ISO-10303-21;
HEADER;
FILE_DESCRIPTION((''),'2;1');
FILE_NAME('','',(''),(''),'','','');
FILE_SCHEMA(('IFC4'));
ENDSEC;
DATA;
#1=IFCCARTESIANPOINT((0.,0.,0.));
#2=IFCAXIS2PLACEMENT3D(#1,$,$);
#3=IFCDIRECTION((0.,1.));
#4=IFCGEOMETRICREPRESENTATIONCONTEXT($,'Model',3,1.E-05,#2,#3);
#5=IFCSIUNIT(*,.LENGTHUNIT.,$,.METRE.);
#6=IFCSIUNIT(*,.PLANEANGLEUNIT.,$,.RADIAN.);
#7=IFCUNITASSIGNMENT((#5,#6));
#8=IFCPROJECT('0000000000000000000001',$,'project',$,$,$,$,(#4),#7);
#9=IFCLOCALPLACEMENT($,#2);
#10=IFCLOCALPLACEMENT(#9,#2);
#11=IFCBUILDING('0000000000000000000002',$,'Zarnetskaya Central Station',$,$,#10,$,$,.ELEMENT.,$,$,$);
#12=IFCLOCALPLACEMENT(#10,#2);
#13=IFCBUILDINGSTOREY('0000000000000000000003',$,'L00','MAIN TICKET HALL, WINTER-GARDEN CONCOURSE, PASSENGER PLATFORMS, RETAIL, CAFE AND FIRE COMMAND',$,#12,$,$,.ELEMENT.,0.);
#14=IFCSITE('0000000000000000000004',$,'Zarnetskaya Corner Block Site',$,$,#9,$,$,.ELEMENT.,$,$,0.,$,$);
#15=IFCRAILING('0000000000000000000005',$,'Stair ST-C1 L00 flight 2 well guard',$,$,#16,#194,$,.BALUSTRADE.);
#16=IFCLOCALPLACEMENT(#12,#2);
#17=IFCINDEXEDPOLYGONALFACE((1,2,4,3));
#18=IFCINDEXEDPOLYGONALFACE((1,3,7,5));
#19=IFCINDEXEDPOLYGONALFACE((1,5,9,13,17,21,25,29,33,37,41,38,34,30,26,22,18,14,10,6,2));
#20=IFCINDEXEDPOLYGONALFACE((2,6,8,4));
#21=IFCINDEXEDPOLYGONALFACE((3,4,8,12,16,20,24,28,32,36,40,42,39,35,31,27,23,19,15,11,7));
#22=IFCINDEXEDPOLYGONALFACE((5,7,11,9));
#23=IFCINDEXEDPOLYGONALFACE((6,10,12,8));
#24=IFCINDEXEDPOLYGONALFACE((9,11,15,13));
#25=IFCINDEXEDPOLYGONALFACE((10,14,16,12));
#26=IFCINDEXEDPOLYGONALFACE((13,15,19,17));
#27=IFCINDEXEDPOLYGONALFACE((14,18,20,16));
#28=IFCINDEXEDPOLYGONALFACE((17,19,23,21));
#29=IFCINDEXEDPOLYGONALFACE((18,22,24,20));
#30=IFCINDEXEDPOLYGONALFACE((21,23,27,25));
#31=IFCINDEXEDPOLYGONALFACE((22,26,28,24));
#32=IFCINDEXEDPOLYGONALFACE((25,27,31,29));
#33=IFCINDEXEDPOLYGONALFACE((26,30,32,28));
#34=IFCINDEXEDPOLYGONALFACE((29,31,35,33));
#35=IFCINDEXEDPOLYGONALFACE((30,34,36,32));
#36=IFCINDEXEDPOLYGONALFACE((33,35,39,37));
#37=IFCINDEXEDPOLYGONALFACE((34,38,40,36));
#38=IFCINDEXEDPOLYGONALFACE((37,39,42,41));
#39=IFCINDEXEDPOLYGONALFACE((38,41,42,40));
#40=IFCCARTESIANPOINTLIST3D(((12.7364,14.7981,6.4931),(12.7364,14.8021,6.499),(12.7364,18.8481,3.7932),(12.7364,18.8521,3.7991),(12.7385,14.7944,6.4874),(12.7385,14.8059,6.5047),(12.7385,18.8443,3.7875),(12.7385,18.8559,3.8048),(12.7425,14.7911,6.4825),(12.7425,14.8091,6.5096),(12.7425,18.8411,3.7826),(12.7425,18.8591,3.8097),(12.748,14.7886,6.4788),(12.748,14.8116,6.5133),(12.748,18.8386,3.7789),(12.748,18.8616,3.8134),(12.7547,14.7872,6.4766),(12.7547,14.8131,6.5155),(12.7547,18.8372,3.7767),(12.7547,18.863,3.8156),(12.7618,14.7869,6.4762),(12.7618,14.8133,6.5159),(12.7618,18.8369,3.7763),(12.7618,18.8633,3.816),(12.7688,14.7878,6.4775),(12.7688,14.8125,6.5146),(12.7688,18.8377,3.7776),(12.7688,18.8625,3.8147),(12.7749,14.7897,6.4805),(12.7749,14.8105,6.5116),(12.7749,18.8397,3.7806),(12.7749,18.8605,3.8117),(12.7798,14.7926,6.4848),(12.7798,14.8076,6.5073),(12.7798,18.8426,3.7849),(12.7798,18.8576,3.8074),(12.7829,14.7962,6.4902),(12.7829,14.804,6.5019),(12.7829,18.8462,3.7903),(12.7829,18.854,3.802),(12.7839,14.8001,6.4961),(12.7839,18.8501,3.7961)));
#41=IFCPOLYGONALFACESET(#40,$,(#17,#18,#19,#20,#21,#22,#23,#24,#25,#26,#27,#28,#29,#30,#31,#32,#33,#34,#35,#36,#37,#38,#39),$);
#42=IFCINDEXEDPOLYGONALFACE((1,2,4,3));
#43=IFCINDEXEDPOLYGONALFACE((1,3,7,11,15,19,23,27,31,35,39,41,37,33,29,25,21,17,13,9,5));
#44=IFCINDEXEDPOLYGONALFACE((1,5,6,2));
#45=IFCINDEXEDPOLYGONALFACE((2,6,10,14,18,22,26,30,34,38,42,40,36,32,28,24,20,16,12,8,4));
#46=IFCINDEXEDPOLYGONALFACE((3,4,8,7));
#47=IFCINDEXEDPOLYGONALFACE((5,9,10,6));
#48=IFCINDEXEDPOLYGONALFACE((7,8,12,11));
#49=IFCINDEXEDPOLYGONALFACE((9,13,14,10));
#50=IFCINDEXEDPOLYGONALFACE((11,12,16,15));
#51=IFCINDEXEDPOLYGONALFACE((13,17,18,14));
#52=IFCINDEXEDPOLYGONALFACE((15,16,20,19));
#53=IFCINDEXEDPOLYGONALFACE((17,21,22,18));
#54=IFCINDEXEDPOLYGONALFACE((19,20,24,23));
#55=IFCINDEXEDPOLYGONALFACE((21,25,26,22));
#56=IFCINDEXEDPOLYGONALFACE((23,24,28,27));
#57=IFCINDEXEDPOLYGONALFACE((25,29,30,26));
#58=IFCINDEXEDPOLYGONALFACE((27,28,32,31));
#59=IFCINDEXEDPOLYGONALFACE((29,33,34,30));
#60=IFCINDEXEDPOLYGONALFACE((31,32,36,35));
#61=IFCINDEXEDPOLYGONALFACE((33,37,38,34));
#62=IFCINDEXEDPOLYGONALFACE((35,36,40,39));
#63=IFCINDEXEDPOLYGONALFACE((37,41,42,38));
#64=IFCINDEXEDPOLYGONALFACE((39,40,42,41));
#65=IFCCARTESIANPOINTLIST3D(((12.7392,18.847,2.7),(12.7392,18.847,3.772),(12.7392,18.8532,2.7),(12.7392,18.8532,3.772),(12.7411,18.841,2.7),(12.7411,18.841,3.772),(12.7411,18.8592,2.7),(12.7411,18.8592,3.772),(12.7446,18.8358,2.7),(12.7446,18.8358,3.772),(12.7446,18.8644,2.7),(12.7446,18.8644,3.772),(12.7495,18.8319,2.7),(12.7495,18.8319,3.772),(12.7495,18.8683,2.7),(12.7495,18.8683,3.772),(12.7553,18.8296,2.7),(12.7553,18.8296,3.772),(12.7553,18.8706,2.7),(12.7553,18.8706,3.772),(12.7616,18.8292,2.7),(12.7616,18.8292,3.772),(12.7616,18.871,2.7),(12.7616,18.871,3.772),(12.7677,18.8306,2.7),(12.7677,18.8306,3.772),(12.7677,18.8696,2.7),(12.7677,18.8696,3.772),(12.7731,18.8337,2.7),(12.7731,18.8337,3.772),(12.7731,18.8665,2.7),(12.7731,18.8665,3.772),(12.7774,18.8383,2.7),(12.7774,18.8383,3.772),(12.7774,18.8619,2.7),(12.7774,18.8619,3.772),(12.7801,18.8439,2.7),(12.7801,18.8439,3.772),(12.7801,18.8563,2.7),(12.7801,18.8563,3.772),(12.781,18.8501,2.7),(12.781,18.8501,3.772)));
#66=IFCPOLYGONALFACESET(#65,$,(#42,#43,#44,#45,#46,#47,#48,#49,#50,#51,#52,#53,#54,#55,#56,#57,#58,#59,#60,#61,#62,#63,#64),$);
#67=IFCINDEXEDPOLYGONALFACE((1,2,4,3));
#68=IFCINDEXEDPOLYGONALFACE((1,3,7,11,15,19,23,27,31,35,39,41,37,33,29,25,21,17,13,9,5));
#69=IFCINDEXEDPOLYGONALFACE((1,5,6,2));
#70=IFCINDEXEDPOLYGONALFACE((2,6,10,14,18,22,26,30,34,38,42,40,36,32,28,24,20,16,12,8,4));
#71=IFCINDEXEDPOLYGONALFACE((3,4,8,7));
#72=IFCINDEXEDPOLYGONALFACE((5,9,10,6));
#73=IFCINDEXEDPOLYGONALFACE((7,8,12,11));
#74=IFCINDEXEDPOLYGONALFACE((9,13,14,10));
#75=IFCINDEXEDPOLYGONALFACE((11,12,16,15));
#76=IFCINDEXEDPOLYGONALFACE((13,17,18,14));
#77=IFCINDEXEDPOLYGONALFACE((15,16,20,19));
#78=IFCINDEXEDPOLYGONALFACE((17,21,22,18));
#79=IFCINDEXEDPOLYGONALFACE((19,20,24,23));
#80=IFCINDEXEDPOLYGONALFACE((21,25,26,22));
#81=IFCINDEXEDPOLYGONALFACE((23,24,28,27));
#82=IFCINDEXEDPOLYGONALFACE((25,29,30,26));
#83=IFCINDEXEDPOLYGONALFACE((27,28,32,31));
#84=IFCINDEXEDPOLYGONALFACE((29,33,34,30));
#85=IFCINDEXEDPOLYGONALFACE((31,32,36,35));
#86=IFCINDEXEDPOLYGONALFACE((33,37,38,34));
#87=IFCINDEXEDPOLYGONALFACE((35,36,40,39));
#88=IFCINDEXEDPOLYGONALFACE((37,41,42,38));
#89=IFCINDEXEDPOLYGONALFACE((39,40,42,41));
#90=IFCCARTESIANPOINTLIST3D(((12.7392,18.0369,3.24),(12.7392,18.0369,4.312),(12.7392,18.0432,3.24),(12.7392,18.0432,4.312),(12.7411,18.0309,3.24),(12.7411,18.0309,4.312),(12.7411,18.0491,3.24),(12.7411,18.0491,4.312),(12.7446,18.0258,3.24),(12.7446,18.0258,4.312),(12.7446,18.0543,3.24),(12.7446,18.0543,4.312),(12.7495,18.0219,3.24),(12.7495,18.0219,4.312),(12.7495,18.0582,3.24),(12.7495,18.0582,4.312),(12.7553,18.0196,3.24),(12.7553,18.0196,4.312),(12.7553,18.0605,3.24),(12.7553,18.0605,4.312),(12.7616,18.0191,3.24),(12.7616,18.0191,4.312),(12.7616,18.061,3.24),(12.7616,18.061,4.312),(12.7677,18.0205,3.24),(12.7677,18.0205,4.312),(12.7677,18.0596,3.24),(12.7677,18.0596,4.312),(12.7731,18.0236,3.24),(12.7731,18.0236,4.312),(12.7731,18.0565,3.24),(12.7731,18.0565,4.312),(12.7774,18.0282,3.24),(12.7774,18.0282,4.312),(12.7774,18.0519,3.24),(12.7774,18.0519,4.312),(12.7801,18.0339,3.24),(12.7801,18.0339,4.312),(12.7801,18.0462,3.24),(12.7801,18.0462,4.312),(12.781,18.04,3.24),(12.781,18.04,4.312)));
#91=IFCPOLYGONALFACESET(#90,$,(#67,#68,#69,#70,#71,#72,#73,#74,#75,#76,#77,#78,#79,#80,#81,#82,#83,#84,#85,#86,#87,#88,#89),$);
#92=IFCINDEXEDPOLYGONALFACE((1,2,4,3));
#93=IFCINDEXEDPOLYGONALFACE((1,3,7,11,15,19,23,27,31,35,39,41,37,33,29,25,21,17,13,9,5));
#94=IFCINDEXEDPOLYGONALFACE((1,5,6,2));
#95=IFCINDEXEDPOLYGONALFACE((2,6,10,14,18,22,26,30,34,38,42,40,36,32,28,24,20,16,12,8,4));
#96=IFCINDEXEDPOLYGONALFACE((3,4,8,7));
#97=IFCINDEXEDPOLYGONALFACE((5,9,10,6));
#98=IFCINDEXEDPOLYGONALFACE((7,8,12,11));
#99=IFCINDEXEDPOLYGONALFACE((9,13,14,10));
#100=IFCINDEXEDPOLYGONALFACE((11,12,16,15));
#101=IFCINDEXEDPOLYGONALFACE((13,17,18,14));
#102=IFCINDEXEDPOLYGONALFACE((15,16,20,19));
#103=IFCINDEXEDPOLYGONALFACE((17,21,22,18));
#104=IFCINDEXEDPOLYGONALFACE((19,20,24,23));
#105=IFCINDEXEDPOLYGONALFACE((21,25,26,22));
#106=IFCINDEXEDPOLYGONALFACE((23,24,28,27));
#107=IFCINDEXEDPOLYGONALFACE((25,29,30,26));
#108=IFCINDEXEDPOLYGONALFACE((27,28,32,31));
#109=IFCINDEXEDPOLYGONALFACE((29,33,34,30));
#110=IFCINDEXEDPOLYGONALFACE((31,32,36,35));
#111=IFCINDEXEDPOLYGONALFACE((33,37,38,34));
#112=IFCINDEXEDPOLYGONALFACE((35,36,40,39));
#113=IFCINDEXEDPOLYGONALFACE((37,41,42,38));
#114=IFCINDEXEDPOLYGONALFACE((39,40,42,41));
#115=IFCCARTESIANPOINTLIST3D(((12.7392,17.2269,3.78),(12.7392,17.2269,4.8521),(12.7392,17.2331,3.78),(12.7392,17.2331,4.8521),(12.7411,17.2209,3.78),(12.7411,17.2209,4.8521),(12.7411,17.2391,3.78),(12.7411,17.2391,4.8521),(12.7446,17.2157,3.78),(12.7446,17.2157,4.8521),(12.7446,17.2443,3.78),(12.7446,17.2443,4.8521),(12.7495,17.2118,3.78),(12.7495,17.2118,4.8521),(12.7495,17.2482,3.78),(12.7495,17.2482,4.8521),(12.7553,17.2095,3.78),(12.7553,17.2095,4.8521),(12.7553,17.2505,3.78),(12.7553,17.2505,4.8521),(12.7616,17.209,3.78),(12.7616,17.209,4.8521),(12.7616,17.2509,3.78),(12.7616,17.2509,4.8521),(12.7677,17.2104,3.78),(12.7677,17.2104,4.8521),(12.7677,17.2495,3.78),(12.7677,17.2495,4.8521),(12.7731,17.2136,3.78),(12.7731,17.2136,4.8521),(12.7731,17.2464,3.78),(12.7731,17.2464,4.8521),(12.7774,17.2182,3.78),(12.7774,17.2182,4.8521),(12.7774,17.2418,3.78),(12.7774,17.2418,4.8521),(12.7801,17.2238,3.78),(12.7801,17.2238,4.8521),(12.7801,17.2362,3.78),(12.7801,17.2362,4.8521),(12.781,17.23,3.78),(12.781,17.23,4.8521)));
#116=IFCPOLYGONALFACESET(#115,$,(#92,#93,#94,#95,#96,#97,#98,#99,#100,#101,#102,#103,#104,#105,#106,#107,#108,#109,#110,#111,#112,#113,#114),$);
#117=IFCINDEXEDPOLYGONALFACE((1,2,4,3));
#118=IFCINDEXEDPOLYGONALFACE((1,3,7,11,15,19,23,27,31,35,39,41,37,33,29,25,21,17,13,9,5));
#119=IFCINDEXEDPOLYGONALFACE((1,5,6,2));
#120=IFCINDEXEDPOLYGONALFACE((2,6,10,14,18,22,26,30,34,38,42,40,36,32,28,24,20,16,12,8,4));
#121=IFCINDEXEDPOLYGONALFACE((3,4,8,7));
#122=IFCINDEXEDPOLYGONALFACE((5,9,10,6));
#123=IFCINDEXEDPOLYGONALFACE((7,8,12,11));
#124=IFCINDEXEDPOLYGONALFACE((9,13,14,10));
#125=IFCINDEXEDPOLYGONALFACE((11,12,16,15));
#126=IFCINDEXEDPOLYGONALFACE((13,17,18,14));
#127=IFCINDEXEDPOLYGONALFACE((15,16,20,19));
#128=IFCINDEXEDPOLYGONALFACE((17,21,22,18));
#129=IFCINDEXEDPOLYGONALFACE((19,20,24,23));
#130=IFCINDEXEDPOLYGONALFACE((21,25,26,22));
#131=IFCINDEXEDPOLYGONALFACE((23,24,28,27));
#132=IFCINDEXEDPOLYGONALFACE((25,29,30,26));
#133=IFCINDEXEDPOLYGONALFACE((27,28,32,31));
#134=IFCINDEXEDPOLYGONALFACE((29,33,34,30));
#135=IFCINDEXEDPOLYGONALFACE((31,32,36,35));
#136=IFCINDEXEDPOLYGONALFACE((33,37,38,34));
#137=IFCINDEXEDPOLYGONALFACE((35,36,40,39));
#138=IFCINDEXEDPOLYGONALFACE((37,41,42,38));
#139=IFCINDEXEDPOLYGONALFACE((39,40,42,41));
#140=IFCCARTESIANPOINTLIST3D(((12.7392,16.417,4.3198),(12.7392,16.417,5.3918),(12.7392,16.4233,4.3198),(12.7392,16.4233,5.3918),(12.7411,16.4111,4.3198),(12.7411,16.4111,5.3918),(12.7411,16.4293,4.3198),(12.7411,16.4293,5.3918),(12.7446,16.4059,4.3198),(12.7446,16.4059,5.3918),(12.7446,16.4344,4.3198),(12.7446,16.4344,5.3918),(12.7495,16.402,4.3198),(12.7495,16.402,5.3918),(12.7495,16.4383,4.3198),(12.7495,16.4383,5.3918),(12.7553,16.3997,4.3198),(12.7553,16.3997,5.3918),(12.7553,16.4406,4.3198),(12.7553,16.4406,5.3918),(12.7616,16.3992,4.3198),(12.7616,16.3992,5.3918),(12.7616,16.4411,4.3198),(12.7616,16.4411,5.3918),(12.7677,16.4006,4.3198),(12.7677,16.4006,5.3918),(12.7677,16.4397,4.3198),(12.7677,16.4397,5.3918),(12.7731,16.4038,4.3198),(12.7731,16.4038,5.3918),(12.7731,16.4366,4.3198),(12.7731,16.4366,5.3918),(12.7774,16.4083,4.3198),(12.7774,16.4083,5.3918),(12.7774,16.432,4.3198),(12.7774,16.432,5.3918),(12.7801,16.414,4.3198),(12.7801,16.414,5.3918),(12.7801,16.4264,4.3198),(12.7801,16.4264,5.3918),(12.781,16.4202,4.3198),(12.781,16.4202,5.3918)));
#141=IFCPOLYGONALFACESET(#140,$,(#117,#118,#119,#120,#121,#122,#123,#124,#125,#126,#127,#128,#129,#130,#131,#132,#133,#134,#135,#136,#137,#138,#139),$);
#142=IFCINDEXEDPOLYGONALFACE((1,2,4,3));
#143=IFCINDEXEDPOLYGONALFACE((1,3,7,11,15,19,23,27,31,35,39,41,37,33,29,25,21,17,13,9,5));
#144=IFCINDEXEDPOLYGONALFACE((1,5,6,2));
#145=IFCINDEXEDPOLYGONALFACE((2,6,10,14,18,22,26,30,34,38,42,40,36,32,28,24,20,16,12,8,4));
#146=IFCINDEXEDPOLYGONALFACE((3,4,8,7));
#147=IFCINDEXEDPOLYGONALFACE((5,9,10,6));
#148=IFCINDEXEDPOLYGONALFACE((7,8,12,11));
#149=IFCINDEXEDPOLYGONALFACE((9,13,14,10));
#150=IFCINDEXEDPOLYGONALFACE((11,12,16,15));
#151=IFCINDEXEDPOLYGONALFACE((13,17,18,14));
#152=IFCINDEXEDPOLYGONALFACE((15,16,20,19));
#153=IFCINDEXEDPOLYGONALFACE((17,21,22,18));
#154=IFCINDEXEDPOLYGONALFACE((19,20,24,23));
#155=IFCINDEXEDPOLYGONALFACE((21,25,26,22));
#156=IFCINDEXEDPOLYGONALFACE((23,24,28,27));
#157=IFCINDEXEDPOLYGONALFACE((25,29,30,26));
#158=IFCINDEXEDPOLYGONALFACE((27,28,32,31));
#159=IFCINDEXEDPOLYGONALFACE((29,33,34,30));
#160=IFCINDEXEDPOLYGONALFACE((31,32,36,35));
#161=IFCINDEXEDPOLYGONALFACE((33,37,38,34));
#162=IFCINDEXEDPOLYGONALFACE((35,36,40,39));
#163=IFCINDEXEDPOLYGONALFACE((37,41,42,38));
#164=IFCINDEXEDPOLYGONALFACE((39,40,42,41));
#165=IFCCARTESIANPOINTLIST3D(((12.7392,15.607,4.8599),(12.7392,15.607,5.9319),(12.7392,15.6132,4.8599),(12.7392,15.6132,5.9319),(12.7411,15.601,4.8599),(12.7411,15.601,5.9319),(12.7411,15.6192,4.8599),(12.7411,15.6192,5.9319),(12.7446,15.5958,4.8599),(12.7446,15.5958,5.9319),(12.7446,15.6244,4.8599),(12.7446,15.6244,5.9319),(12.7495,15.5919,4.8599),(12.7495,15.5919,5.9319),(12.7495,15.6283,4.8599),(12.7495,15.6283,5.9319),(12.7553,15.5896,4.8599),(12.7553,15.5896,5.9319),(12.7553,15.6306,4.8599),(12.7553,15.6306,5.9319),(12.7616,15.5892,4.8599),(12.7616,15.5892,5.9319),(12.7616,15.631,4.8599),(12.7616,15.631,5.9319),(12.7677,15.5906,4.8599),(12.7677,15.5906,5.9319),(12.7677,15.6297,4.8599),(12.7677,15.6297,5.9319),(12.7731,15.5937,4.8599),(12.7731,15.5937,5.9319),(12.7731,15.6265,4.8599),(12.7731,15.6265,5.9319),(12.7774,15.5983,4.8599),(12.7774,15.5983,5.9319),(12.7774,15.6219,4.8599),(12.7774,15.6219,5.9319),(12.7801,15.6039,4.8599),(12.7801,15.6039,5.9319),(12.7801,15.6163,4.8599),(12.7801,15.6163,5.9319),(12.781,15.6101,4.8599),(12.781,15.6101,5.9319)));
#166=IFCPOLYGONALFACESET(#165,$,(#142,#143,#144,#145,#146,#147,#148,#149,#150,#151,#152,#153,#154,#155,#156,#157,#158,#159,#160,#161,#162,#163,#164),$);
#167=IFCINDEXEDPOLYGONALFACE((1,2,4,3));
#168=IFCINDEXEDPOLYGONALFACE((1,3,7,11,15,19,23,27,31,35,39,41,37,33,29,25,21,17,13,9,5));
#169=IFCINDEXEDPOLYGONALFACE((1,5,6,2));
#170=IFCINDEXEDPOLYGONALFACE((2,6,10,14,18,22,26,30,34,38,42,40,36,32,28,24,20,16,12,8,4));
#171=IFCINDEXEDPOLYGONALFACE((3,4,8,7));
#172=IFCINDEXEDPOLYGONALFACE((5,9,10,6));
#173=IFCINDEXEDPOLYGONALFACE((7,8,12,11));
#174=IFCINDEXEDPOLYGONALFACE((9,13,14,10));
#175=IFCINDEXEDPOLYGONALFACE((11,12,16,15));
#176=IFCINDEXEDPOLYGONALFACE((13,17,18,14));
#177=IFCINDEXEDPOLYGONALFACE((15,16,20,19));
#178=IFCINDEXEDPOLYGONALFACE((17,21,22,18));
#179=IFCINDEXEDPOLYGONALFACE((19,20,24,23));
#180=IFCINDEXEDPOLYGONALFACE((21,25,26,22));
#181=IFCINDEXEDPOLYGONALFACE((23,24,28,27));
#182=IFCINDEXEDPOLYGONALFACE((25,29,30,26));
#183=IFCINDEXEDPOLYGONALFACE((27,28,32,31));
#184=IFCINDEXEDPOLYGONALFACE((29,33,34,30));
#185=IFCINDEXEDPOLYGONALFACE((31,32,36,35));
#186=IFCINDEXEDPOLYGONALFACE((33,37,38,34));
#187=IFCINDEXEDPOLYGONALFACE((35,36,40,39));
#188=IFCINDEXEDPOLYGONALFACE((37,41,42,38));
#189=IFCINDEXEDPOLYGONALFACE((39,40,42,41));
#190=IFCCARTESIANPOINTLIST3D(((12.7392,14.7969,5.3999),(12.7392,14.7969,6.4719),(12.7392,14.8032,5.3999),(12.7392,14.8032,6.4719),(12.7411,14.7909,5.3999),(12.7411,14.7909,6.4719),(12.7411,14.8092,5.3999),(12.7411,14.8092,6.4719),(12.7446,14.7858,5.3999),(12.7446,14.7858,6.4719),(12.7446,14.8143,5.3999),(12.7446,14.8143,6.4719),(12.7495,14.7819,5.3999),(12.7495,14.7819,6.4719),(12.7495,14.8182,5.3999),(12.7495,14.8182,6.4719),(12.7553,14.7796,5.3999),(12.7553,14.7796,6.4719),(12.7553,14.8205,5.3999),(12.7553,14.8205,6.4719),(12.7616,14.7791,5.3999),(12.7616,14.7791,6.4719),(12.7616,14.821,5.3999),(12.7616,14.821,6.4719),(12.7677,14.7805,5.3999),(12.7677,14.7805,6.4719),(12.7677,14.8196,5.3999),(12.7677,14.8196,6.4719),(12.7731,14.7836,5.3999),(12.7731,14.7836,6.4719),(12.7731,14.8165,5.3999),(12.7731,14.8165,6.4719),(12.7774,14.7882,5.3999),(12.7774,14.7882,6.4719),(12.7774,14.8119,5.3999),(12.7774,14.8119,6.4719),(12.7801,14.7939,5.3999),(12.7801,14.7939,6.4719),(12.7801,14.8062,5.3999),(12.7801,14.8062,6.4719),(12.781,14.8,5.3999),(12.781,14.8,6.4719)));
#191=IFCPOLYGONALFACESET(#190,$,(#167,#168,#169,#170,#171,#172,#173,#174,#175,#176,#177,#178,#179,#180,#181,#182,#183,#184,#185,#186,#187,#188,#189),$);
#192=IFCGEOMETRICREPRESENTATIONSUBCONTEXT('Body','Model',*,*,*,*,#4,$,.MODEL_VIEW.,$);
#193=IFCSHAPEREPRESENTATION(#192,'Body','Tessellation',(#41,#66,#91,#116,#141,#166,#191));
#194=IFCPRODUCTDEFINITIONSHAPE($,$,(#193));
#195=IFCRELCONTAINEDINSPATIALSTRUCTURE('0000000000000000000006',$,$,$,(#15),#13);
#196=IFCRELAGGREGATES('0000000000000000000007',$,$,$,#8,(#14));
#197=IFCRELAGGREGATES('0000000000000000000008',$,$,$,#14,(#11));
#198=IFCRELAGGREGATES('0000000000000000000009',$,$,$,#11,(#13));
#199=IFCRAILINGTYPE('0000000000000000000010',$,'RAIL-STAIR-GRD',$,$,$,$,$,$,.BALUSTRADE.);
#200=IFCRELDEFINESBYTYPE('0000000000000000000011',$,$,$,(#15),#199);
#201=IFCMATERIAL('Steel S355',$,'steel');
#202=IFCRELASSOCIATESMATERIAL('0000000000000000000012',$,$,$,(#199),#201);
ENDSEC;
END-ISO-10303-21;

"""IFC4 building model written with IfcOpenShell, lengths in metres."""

from ifc_helpers import new_model, si_unit, direction, frame, origin, origin_2d, place, context, subcontext, project, spatial, circle, extrude, material, type_object, element, save


model = new_model("IFC4")

# Units and contexts
model_context = context("Model", 3, precision=1e-05, world=origin(), true_north=direction((0.0, 1.0)))
body_context = subcontext(model_context, "Body", "Model", "MODEL_VIEW")
ifc_project = project(units=[si_unit("LENGTHUNIT", "METRE"), si_unit("PLANEANGLEUNIT", "RADIAN")], contexts=[model_context])

# Site, building, storey
site_placement = place(None, origin())
site = spatial("IfcSite", under=ifc_project, at=site_placement, Name="Zarnetskaya Corner Block Site", CompositionType="ELEMENT", RefElevation=0.0)
building_placement = place(site_placement, origin())
building = spatial("IfcBuilding", under=site, at=building_placement, Name="Zarnetskaya Central Station", CompositionType="ELEMENT")
storey_placement = place(building_placement, origin())
storey = spatial("IfcBuildingStorey", under=building, at=storey_placement, Name="L00", Description="MAIN TICKET HALL, WINTER-GARDEN CONCOURSE, PASSENGER PLATFORMS, RETAIL, CAFE AND FIRE COMMAND", CompositionType="ELEMENT", Elevation=0.0)

# Shared definitions
ifc_material_1 = material(Name="Steel S355", Category="steel")

# Railing
railing_type_1 = type_object("IfcRailingType", Name="RAIL-STAIR-GRD", PredefinedType="BALUSTRADE", material=ifc_material_1)
railing_1_placement = place(storey_placement, frame((12.76, 18.8501, 2.7)))
element("IfcRailing", 1, at=railing_1_placement, inside=storey, type_object=railing_type_1, Name="Stair ST-C1 L00 flight 2 well guard", PredefinedType="BALUSTRADE", context=body_context, shape_type="SweptSolid", body=[
    extrude(circle(Radius=0.0239, at=origin_2d()), frame((0.0, 0.0, 1.0962), z_axis=(0.0, -0.832058, 0.554689), x_axis=(1.0, 0.0, 0.0)), (0.0, 0.0, 1.0), 4.8674),
    extrude(circle(Radius=0.021, at=origin_2d()), origin(), (0.0, 0.0, 1.0), 1.072),
    extrude(circle(Radius=0.021, at=origin_2d()), frame((0.0, -0.8101, 0.54)), (0.0, 0.0, 1.0), 1.072),
    extrude(circle(Radius=0.021, at=origin_2d()), frame((0.0, -1.6201, 1.0801)), (0.0, 0.0, 1.0), 1.072),
    extrude(circle(Radius=0.021, at=origin_2d()), frame((0.0, -2.4299, 1.6199)), (0.0, 0.0, 1.0), 1.072),
    extrude(circle(Radius=0.021, at=origin_2d()), frame((0.0, -3.24, 2.1599)), (0.0, 0.0, 1.0), 1.072),
    extrude(circle(Radius=0.021, at=origin_2d()), frame((0.0, -4.05, 2.7)), (0.0, 0.0, 1.0), 1.072),
])

save(model, "model.ifc")
